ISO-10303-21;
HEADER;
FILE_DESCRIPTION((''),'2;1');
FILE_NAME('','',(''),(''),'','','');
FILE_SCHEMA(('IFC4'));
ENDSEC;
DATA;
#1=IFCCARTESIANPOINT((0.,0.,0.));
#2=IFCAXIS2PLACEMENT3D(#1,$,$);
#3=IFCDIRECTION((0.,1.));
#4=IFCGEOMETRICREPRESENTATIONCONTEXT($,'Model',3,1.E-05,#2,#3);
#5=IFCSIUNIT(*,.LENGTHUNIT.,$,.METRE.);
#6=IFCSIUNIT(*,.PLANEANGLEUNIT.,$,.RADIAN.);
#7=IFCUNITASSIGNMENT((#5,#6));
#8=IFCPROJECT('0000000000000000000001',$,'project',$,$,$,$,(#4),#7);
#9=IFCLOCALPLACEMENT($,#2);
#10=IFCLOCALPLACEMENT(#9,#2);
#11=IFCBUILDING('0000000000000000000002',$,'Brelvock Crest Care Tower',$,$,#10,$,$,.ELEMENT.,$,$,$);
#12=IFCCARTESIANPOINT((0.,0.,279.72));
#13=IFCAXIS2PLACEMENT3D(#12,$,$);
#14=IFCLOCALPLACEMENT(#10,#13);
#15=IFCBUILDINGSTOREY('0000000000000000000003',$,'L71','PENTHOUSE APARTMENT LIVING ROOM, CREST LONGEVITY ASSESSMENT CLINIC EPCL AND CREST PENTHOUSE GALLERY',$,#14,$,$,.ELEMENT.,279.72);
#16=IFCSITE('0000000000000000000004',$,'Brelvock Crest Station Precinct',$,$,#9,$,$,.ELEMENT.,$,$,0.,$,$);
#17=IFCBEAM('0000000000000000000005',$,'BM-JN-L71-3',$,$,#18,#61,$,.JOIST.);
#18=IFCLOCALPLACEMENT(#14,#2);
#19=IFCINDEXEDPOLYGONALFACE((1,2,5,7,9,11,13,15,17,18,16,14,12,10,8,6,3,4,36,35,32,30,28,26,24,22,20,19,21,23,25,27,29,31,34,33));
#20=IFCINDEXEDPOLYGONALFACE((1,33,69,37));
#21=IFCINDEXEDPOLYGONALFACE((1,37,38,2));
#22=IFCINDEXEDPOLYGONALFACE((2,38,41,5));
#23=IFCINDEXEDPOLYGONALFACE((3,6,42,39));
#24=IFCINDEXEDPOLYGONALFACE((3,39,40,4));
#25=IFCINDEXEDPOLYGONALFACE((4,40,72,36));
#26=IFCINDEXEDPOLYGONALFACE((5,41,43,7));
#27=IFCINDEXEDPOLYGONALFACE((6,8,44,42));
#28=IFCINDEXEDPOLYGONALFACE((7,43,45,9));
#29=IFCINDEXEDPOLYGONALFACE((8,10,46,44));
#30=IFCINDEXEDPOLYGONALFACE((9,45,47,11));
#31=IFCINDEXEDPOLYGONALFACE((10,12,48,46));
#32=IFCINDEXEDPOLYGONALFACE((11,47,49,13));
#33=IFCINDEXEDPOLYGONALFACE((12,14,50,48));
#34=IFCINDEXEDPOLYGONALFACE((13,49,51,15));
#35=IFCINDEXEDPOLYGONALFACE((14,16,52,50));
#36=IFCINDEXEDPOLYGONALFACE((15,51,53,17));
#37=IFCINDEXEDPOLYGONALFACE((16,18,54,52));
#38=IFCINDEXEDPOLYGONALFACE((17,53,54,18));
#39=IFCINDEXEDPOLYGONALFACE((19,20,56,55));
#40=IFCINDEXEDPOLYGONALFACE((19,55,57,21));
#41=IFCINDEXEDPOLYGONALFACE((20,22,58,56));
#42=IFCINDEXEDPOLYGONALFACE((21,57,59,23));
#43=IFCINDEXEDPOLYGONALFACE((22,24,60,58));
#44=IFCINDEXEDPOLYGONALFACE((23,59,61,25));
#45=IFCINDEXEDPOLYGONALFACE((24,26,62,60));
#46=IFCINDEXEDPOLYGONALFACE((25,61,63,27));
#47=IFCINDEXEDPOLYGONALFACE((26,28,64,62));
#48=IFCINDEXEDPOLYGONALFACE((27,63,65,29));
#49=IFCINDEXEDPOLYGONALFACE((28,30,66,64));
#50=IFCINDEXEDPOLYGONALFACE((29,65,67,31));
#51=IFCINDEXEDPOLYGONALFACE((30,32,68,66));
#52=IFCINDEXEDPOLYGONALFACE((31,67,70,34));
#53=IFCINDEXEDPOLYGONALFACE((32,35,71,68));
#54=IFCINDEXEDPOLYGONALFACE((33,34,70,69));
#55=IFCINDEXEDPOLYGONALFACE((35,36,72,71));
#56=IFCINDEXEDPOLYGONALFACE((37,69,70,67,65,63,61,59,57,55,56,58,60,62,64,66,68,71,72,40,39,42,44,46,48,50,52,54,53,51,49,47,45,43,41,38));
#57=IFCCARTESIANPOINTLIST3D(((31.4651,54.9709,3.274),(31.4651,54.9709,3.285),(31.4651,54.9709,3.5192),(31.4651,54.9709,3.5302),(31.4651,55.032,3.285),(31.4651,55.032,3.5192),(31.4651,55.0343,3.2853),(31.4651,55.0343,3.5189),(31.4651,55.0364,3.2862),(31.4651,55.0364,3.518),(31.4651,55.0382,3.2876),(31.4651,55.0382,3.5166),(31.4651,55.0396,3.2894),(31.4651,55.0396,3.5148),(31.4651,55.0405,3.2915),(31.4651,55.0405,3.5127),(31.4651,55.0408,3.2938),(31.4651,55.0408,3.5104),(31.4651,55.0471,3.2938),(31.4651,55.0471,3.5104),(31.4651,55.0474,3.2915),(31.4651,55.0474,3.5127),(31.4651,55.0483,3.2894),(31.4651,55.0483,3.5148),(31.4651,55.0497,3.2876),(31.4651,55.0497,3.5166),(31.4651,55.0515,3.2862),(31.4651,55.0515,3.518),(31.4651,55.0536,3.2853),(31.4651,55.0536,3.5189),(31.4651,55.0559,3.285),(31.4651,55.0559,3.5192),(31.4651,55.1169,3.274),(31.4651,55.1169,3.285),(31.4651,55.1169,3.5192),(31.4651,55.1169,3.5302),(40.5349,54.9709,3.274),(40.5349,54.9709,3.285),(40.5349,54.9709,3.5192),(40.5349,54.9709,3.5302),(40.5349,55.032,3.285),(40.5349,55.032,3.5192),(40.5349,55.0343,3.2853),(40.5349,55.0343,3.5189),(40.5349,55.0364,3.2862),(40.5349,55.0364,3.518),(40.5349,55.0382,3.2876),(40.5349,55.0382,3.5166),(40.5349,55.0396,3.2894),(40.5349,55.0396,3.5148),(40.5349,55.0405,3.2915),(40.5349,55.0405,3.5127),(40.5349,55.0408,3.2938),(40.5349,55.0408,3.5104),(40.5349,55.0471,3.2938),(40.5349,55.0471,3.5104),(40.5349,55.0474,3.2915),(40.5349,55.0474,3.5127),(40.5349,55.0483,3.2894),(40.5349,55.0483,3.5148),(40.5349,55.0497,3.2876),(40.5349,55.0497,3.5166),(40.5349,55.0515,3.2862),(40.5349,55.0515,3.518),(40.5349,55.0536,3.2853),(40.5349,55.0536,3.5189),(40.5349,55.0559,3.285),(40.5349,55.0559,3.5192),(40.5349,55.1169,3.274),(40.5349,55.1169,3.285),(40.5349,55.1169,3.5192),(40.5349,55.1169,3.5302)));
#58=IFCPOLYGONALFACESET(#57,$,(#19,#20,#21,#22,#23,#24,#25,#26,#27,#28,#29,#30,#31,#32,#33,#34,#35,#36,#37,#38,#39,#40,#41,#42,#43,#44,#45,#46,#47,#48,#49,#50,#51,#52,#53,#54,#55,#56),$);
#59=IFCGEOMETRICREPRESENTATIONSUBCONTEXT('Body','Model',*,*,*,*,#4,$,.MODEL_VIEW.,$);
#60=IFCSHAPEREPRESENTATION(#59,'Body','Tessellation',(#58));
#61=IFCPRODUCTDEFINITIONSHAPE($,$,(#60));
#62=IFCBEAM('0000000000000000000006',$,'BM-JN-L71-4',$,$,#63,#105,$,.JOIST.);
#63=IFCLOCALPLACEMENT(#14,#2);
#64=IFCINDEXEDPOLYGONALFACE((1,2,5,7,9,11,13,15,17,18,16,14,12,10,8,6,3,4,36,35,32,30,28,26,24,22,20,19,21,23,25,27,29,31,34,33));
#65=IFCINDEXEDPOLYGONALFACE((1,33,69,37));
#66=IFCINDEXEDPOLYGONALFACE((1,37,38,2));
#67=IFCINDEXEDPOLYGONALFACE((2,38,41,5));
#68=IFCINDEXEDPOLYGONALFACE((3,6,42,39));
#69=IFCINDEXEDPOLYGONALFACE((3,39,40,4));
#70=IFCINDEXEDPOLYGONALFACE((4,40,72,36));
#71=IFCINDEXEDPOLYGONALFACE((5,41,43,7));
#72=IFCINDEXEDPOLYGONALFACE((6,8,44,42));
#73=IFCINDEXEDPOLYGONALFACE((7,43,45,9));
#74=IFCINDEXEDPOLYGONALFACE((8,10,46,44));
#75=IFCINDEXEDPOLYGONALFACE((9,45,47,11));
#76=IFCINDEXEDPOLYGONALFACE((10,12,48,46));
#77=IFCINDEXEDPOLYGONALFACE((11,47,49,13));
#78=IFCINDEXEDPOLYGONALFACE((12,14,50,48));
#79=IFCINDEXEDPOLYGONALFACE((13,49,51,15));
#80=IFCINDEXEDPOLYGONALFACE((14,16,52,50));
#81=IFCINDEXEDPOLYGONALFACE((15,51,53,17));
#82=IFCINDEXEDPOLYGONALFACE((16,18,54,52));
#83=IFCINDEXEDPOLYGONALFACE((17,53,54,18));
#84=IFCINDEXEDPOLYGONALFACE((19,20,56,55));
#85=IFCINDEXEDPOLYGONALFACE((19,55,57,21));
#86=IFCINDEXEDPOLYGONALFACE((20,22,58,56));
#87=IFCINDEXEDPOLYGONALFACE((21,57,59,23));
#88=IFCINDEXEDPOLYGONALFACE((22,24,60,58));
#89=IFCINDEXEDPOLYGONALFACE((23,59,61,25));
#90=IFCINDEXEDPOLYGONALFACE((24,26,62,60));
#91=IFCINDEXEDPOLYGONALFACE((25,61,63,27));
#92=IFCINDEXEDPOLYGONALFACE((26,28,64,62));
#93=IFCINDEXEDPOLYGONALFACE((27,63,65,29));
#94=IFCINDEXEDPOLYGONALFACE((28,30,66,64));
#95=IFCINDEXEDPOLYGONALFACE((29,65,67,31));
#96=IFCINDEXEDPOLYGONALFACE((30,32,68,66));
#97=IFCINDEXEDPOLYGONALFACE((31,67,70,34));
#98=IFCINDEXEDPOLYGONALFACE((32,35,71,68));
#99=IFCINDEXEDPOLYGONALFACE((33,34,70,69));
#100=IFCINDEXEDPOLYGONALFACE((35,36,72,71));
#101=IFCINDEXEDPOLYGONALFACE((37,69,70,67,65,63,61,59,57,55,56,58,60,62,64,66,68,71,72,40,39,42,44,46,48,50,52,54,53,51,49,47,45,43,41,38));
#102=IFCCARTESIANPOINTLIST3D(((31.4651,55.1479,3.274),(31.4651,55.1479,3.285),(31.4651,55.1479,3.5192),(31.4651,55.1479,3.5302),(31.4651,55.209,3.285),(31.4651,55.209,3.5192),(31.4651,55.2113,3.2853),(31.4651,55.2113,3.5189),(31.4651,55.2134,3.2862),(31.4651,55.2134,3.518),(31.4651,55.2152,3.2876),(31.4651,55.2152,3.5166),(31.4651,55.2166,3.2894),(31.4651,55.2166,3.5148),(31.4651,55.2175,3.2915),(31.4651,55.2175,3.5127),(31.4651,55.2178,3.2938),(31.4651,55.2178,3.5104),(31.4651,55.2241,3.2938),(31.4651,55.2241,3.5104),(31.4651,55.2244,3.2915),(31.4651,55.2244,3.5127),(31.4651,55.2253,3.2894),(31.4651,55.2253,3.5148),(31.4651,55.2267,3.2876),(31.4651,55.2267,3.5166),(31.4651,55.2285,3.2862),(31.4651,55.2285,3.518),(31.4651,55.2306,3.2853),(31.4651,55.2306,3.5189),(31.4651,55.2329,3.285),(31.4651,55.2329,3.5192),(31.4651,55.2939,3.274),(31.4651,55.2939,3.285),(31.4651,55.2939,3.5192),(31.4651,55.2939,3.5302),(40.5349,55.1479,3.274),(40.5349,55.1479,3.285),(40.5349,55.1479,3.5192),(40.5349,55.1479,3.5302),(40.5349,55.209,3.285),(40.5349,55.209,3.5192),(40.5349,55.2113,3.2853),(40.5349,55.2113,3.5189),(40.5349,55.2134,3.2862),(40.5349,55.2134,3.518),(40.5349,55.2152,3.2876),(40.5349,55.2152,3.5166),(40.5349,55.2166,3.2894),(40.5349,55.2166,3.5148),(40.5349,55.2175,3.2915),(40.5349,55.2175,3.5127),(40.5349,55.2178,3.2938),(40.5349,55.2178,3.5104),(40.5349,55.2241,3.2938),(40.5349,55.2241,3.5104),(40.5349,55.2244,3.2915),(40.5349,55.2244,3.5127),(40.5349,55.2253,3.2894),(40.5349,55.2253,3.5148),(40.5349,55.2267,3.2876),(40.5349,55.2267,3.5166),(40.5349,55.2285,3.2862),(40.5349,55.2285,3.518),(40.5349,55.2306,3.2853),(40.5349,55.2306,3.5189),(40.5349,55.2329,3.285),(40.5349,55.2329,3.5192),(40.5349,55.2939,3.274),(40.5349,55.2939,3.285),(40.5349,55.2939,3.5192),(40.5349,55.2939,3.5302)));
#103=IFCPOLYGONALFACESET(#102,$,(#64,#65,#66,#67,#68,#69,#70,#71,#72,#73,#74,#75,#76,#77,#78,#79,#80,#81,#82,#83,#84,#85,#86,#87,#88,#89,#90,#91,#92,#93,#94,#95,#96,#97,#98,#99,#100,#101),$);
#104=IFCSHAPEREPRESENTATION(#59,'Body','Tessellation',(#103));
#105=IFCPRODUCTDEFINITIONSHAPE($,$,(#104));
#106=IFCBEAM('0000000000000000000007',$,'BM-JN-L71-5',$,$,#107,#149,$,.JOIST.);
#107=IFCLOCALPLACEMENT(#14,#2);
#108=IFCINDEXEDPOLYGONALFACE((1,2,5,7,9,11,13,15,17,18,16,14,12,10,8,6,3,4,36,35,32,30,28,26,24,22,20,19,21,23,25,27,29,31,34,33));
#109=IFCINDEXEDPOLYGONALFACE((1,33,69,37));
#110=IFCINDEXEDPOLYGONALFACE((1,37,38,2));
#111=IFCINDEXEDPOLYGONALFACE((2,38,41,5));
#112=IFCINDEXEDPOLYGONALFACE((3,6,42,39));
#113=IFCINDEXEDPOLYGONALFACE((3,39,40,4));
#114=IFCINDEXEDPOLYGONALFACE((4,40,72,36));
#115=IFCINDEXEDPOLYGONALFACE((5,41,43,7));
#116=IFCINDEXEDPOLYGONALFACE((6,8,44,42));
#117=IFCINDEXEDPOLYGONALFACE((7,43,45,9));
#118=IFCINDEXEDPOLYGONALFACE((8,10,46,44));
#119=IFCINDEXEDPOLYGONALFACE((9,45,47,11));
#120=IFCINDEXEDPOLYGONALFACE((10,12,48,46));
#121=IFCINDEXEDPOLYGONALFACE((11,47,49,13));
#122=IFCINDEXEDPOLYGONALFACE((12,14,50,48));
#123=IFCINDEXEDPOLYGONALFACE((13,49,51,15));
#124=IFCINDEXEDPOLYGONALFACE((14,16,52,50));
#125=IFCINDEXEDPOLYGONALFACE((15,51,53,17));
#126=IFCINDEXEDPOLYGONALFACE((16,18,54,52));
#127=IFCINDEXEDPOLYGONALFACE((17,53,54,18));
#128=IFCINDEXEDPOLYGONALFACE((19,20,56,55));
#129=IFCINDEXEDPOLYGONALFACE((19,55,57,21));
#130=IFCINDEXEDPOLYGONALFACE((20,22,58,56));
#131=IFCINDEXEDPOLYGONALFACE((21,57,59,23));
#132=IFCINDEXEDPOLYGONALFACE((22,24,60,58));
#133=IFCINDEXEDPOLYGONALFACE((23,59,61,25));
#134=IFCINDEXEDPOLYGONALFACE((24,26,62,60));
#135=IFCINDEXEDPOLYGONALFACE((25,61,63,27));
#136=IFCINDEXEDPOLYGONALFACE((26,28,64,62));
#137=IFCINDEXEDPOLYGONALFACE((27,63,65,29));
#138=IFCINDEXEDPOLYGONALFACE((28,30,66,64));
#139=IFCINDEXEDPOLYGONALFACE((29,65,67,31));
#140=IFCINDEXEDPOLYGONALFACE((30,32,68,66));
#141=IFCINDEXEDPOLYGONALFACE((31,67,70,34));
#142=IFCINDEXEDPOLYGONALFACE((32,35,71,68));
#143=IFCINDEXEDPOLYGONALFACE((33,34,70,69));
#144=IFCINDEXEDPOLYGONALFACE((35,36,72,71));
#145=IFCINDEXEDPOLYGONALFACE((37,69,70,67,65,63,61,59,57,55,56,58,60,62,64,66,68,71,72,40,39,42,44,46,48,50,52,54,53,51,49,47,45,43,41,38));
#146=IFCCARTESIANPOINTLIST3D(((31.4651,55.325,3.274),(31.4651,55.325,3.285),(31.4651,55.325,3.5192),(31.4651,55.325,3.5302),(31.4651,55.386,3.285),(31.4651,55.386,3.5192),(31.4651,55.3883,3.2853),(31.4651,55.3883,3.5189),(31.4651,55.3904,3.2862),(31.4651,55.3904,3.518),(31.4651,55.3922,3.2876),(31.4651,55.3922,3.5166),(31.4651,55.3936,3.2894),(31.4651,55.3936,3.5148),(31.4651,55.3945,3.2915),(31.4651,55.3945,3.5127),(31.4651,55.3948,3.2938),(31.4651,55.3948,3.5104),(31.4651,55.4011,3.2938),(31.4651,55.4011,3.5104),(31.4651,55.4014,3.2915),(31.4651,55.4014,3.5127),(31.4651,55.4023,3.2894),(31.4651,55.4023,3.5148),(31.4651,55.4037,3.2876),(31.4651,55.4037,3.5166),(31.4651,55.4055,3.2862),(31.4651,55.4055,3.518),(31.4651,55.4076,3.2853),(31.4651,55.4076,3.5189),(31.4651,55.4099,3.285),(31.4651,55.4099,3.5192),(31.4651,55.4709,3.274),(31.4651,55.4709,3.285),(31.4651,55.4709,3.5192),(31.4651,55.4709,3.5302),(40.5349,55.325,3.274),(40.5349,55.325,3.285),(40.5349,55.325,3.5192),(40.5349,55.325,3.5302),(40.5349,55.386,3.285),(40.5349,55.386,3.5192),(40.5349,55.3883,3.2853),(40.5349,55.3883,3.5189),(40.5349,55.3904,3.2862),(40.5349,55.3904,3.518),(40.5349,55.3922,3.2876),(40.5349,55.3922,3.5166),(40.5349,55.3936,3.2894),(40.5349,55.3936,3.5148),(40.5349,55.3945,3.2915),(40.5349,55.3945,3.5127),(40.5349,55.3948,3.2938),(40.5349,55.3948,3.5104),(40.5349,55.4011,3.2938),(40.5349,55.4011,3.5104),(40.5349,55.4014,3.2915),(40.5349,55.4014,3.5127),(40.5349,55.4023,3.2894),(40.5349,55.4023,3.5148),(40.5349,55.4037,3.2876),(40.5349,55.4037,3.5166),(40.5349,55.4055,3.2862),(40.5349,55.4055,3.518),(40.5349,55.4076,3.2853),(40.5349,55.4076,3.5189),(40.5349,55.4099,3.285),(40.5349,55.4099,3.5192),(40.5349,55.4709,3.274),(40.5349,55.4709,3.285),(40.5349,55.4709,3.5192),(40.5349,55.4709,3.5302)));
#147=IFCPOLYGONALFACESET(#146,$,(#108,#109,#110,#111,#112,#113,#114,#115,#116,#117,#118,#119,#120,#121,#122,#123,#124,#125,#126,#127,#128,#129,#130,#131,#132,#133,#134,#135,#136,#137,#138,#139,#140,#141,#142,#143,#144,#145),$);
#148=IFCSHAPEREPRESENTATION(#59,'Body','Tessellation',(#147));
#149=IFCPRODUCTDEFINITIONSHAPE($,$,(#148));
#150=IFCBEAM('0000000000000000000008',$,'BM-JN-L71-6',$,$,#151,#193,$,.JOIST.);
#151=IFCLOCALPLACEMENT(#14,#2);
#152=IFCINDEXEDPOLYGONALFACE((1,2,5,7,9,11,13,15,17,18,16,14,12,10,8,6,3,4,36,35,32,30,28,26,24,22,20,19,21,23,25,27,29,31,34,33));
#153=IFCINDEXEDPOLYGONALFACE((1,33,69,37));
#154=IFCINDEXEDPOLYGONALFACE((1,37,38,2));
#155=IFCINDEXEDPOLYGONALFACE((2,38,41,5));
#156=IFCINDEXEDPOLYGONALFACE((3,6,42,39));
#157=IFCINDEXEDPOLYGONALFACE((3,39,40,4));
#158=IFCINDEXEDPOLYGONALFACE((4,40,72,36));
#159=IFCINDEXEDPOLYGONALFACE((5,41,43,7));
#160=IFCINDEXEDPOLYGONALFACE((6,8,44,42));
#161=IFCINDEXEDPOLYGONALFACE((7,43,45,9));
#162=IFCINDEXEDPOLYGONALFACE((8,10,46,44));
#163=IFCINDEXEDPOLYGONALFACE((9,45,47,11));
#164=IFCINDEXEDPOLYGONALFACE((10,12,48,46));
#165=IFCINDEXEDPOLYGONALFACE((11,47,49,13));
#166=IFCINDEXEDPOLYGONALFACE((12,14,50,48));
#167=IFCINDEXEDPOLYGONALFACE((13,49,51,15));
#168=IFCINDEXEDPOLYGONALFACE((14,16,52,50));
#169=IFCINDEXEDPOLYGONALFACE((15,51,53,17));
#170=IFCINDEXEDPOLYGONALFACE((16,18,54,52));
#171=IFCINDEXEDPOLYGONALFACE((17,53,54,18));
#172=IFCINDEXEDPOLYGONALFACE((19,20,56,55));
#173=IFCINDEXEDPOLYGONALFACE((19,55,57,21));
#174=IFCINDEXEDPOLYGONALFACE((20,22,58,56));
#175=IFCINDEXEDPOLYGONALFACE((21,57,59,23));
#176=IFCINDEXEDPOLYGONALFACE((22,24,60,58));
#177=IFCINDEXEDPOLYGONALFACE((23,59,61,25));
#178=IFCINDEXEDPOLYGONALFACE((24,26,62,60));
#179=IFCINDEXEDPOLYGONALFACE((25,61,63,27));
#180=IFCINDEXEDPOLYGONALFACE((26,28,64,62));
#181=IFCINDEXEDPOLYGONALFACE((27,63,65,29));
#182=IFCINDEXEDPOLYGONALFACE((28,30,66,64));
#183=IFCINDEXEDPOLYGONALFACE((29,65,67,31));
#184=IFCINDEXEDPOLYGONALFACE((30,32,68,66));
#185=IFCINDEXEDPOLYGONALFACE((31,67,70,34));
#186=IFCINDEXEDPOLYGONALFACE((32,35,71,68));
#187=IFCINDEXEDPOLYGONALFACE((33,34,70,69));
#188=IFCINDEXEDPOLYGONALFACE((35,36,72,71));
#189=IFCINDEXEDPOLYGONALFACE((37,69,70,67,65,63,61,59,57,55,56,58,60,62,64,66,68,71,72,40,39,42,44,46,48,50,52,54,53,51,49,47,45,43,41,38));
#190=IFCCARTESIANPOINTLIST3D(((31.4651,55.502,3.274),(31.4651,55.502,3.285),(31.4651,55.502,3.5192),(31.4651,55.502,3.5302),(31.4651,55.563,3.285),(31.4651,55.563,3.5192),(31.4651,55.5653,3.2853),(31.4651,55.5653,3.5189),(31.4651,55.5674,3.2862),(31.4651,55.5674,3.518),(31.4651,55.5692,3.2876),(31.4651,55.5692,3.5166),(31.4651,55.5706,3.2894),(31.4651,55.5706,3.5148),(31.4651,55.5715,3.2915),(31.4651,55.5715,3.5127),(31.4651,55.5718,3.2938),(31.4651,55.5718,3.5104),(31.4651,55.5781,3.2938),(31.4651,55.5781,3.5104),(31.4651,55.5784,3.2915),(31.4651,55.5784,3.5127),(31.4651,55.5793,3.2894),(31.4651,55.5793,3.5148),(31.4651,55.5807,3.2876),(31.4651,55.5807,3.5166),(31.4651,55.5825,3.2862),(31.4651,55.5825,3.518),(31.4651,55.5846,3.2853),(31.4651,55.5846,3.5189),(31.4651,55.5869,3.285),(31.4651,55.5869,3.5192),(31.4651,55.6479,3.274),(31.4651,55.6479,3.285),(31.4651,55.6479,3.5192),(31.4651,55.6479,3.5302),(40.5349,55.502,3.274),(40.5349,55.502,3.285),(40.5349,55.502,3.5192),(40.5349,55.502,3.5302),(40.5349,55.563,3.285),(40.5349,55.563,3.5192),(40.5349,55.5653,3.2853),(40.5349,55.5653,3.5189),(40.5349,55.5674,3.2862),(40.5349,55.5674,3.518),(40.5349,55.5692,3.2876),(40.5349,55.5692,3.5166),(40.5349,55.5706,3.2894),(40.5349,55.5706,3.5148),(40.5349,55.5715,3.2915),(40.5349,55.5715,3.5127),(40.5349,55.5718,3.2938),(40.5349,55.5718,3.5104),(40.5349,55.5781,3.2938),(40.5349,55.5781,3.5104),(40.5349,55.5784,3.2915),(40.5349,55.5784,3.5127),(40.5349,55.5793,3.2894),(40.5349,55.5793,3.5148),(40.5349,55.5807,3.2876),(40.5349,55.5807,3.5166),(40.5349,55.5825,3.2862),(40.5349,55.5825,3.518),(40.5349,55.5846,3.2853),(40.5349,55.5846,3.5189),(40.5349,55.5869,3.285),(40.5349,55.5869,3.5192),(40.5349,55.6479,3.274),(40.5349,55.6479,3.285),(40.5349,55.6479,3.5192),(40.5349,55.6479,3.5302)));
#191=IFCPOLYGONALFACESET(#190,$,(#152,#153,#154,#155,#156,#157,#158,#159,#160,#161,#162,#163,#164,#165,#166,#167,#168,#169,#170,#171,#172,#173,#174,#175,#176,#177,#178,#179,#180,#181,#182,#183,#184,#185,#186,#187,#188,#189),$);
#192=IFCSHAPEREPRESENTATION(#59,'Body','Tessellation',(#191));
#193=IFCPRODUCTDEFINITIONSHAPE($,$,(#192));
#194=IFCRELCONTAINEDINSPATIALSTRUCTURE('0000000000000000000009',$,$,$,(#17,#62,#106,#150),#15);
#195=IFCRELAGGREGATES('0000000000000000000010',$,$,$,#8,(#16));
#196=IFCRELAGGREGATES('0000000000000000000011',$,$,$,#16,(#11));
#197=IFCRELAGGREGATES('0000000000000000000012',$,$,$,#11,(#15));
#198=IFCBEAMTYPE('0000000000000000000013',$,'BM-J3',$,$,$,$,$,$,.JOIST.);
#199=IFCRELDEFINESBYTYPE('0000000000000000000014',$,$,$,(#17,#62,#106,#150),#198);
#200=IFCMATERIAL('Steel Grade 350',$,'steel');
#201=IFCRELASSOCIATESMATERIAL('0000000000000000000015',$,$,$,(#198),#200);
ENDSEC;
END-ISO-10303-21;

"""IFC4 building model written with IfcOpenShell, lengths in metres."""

from ifc_helpers import new_model, si_unit, direction, frame, origin, origin_2d, place, context, subcontext, project, spatial, i_section, extrude, source, transform, mapped, material, material_profile, profile_set, type_object, element, save


model = new_model("IFC4")

# Units and contexts
model_context = context("Model", 3, precision=1e-05, world=origin(), true_north=direction((0.0, 1.0)))
body_context = subcontext(model_context, "Body", "Model", "MODEL_VIEW")
ifc_project = project(units=[si_unit("LENGTHUNIT", "METRE"), si_unit("PLANEANGLEUNIT", "RADIAN")], contexts=[model_context])

# Site, building, storey
site_placement = place(None, origin())
site = spatial("IfcSite", under=ifc_project, at=site_placement, Name="Brelvock Crest Station Precinct", CompositionType="ELEMENT", RefElevation=0.0)
building_placement = place(site_placement, origin())
building = spatial("IfcBuilding", under=site, at=building_placement, Name="Brelvock Crest Care Tower", CompositionType="ELEMENT")
storey_placement = place(building_placement, frame((0.0, 0.0, 279.72)))
storey = spatial("IfcBuildingStorey", under=building, at=storey_placement, Name="L71", Description="PENTHOUSE APARTMENT LIVING ROOM, CREST LONGEVITY ASSESSMENT CLINIC EPCL AND CREST PENTHOUSE GALLERY", CompositionType="ELEMENT", Elevation=279.72)

# Shared definitions
ifc_material_1 = material(Name="Steel Grade 350", Category="steel")

# Beams
ifc_material_profile_1 = material_profile(ifc_material_1, i_section(OverallWidth=0.146, OverallDepth=0.2561, WebThickness=0.0063, FlangeThickness=0.011, FilletRadius=0.0088, at=origin_2d()), Name="250UB37.3")
ifc_profile_set_1 = profile_set([ifc_material_profile_1], Name="Steel Grade 350")
beam_type_1 = type_object("IfcBeamType", Name="BM-J3", PredefinedType="JOIST", material=ifc_profile_set_1)
shared_shape_1 = source(origin(), body_context, "Body", "SweptSolid", [
    extrude(i_section(OverallWidth=0.146, OverallDepth=0.2561, WebThickness=0.0063, FlangeThickness=0.011, FilletRadius=0.0088, at=origin_2d()), origin(), (0.0, 0.0, 1.0), 9.0698),
])
for number, where, z_axis, x_axis, name in (
    (1, (31.4651, 55.0439, 3.4021), (1.0, 0.0, 0.0), (0.0, 1.0, 0.0), "BM-JN-L71-3"),
    (2, (31.4651, 55.2209, 3.4021), (1.0, 0.0, 0.0), (0.0, 1.0, 0.0), "BM-JN-L71-4"),
    (3, (31.4651, 55.3979, 3.4021), (1.0, 0.0, 0.0), (0.0, 1.0, 0.0), "BM-JN-L71-5"),
    (4, (31.4651, 55.575, 3.4021), (1.0, 0.0, 0.0), (0.0, 1.0, 0.0), "BM-JN-L71-6"),
):
    element("IfcBeam", number, at=place(storey_placement, frame(where, z_axis=z_axis, x_axis=x_axis)), inside=storey, type_object=beam_type_1, Name=name, PredefinedType="JOIST", context=body_context, shape_type="MappedRepresentation", body=[
        mapped(shared_shape_1, transform((0.0, 0.0, 0.0), x_axis=(1.0, 0.0, 0.0), y_axis=(0.0, 1.0, 0.0), z_axis=(0.0, 0.0, 1.0), scale=1.0)),
    ])

save(model, "model.ifc")
